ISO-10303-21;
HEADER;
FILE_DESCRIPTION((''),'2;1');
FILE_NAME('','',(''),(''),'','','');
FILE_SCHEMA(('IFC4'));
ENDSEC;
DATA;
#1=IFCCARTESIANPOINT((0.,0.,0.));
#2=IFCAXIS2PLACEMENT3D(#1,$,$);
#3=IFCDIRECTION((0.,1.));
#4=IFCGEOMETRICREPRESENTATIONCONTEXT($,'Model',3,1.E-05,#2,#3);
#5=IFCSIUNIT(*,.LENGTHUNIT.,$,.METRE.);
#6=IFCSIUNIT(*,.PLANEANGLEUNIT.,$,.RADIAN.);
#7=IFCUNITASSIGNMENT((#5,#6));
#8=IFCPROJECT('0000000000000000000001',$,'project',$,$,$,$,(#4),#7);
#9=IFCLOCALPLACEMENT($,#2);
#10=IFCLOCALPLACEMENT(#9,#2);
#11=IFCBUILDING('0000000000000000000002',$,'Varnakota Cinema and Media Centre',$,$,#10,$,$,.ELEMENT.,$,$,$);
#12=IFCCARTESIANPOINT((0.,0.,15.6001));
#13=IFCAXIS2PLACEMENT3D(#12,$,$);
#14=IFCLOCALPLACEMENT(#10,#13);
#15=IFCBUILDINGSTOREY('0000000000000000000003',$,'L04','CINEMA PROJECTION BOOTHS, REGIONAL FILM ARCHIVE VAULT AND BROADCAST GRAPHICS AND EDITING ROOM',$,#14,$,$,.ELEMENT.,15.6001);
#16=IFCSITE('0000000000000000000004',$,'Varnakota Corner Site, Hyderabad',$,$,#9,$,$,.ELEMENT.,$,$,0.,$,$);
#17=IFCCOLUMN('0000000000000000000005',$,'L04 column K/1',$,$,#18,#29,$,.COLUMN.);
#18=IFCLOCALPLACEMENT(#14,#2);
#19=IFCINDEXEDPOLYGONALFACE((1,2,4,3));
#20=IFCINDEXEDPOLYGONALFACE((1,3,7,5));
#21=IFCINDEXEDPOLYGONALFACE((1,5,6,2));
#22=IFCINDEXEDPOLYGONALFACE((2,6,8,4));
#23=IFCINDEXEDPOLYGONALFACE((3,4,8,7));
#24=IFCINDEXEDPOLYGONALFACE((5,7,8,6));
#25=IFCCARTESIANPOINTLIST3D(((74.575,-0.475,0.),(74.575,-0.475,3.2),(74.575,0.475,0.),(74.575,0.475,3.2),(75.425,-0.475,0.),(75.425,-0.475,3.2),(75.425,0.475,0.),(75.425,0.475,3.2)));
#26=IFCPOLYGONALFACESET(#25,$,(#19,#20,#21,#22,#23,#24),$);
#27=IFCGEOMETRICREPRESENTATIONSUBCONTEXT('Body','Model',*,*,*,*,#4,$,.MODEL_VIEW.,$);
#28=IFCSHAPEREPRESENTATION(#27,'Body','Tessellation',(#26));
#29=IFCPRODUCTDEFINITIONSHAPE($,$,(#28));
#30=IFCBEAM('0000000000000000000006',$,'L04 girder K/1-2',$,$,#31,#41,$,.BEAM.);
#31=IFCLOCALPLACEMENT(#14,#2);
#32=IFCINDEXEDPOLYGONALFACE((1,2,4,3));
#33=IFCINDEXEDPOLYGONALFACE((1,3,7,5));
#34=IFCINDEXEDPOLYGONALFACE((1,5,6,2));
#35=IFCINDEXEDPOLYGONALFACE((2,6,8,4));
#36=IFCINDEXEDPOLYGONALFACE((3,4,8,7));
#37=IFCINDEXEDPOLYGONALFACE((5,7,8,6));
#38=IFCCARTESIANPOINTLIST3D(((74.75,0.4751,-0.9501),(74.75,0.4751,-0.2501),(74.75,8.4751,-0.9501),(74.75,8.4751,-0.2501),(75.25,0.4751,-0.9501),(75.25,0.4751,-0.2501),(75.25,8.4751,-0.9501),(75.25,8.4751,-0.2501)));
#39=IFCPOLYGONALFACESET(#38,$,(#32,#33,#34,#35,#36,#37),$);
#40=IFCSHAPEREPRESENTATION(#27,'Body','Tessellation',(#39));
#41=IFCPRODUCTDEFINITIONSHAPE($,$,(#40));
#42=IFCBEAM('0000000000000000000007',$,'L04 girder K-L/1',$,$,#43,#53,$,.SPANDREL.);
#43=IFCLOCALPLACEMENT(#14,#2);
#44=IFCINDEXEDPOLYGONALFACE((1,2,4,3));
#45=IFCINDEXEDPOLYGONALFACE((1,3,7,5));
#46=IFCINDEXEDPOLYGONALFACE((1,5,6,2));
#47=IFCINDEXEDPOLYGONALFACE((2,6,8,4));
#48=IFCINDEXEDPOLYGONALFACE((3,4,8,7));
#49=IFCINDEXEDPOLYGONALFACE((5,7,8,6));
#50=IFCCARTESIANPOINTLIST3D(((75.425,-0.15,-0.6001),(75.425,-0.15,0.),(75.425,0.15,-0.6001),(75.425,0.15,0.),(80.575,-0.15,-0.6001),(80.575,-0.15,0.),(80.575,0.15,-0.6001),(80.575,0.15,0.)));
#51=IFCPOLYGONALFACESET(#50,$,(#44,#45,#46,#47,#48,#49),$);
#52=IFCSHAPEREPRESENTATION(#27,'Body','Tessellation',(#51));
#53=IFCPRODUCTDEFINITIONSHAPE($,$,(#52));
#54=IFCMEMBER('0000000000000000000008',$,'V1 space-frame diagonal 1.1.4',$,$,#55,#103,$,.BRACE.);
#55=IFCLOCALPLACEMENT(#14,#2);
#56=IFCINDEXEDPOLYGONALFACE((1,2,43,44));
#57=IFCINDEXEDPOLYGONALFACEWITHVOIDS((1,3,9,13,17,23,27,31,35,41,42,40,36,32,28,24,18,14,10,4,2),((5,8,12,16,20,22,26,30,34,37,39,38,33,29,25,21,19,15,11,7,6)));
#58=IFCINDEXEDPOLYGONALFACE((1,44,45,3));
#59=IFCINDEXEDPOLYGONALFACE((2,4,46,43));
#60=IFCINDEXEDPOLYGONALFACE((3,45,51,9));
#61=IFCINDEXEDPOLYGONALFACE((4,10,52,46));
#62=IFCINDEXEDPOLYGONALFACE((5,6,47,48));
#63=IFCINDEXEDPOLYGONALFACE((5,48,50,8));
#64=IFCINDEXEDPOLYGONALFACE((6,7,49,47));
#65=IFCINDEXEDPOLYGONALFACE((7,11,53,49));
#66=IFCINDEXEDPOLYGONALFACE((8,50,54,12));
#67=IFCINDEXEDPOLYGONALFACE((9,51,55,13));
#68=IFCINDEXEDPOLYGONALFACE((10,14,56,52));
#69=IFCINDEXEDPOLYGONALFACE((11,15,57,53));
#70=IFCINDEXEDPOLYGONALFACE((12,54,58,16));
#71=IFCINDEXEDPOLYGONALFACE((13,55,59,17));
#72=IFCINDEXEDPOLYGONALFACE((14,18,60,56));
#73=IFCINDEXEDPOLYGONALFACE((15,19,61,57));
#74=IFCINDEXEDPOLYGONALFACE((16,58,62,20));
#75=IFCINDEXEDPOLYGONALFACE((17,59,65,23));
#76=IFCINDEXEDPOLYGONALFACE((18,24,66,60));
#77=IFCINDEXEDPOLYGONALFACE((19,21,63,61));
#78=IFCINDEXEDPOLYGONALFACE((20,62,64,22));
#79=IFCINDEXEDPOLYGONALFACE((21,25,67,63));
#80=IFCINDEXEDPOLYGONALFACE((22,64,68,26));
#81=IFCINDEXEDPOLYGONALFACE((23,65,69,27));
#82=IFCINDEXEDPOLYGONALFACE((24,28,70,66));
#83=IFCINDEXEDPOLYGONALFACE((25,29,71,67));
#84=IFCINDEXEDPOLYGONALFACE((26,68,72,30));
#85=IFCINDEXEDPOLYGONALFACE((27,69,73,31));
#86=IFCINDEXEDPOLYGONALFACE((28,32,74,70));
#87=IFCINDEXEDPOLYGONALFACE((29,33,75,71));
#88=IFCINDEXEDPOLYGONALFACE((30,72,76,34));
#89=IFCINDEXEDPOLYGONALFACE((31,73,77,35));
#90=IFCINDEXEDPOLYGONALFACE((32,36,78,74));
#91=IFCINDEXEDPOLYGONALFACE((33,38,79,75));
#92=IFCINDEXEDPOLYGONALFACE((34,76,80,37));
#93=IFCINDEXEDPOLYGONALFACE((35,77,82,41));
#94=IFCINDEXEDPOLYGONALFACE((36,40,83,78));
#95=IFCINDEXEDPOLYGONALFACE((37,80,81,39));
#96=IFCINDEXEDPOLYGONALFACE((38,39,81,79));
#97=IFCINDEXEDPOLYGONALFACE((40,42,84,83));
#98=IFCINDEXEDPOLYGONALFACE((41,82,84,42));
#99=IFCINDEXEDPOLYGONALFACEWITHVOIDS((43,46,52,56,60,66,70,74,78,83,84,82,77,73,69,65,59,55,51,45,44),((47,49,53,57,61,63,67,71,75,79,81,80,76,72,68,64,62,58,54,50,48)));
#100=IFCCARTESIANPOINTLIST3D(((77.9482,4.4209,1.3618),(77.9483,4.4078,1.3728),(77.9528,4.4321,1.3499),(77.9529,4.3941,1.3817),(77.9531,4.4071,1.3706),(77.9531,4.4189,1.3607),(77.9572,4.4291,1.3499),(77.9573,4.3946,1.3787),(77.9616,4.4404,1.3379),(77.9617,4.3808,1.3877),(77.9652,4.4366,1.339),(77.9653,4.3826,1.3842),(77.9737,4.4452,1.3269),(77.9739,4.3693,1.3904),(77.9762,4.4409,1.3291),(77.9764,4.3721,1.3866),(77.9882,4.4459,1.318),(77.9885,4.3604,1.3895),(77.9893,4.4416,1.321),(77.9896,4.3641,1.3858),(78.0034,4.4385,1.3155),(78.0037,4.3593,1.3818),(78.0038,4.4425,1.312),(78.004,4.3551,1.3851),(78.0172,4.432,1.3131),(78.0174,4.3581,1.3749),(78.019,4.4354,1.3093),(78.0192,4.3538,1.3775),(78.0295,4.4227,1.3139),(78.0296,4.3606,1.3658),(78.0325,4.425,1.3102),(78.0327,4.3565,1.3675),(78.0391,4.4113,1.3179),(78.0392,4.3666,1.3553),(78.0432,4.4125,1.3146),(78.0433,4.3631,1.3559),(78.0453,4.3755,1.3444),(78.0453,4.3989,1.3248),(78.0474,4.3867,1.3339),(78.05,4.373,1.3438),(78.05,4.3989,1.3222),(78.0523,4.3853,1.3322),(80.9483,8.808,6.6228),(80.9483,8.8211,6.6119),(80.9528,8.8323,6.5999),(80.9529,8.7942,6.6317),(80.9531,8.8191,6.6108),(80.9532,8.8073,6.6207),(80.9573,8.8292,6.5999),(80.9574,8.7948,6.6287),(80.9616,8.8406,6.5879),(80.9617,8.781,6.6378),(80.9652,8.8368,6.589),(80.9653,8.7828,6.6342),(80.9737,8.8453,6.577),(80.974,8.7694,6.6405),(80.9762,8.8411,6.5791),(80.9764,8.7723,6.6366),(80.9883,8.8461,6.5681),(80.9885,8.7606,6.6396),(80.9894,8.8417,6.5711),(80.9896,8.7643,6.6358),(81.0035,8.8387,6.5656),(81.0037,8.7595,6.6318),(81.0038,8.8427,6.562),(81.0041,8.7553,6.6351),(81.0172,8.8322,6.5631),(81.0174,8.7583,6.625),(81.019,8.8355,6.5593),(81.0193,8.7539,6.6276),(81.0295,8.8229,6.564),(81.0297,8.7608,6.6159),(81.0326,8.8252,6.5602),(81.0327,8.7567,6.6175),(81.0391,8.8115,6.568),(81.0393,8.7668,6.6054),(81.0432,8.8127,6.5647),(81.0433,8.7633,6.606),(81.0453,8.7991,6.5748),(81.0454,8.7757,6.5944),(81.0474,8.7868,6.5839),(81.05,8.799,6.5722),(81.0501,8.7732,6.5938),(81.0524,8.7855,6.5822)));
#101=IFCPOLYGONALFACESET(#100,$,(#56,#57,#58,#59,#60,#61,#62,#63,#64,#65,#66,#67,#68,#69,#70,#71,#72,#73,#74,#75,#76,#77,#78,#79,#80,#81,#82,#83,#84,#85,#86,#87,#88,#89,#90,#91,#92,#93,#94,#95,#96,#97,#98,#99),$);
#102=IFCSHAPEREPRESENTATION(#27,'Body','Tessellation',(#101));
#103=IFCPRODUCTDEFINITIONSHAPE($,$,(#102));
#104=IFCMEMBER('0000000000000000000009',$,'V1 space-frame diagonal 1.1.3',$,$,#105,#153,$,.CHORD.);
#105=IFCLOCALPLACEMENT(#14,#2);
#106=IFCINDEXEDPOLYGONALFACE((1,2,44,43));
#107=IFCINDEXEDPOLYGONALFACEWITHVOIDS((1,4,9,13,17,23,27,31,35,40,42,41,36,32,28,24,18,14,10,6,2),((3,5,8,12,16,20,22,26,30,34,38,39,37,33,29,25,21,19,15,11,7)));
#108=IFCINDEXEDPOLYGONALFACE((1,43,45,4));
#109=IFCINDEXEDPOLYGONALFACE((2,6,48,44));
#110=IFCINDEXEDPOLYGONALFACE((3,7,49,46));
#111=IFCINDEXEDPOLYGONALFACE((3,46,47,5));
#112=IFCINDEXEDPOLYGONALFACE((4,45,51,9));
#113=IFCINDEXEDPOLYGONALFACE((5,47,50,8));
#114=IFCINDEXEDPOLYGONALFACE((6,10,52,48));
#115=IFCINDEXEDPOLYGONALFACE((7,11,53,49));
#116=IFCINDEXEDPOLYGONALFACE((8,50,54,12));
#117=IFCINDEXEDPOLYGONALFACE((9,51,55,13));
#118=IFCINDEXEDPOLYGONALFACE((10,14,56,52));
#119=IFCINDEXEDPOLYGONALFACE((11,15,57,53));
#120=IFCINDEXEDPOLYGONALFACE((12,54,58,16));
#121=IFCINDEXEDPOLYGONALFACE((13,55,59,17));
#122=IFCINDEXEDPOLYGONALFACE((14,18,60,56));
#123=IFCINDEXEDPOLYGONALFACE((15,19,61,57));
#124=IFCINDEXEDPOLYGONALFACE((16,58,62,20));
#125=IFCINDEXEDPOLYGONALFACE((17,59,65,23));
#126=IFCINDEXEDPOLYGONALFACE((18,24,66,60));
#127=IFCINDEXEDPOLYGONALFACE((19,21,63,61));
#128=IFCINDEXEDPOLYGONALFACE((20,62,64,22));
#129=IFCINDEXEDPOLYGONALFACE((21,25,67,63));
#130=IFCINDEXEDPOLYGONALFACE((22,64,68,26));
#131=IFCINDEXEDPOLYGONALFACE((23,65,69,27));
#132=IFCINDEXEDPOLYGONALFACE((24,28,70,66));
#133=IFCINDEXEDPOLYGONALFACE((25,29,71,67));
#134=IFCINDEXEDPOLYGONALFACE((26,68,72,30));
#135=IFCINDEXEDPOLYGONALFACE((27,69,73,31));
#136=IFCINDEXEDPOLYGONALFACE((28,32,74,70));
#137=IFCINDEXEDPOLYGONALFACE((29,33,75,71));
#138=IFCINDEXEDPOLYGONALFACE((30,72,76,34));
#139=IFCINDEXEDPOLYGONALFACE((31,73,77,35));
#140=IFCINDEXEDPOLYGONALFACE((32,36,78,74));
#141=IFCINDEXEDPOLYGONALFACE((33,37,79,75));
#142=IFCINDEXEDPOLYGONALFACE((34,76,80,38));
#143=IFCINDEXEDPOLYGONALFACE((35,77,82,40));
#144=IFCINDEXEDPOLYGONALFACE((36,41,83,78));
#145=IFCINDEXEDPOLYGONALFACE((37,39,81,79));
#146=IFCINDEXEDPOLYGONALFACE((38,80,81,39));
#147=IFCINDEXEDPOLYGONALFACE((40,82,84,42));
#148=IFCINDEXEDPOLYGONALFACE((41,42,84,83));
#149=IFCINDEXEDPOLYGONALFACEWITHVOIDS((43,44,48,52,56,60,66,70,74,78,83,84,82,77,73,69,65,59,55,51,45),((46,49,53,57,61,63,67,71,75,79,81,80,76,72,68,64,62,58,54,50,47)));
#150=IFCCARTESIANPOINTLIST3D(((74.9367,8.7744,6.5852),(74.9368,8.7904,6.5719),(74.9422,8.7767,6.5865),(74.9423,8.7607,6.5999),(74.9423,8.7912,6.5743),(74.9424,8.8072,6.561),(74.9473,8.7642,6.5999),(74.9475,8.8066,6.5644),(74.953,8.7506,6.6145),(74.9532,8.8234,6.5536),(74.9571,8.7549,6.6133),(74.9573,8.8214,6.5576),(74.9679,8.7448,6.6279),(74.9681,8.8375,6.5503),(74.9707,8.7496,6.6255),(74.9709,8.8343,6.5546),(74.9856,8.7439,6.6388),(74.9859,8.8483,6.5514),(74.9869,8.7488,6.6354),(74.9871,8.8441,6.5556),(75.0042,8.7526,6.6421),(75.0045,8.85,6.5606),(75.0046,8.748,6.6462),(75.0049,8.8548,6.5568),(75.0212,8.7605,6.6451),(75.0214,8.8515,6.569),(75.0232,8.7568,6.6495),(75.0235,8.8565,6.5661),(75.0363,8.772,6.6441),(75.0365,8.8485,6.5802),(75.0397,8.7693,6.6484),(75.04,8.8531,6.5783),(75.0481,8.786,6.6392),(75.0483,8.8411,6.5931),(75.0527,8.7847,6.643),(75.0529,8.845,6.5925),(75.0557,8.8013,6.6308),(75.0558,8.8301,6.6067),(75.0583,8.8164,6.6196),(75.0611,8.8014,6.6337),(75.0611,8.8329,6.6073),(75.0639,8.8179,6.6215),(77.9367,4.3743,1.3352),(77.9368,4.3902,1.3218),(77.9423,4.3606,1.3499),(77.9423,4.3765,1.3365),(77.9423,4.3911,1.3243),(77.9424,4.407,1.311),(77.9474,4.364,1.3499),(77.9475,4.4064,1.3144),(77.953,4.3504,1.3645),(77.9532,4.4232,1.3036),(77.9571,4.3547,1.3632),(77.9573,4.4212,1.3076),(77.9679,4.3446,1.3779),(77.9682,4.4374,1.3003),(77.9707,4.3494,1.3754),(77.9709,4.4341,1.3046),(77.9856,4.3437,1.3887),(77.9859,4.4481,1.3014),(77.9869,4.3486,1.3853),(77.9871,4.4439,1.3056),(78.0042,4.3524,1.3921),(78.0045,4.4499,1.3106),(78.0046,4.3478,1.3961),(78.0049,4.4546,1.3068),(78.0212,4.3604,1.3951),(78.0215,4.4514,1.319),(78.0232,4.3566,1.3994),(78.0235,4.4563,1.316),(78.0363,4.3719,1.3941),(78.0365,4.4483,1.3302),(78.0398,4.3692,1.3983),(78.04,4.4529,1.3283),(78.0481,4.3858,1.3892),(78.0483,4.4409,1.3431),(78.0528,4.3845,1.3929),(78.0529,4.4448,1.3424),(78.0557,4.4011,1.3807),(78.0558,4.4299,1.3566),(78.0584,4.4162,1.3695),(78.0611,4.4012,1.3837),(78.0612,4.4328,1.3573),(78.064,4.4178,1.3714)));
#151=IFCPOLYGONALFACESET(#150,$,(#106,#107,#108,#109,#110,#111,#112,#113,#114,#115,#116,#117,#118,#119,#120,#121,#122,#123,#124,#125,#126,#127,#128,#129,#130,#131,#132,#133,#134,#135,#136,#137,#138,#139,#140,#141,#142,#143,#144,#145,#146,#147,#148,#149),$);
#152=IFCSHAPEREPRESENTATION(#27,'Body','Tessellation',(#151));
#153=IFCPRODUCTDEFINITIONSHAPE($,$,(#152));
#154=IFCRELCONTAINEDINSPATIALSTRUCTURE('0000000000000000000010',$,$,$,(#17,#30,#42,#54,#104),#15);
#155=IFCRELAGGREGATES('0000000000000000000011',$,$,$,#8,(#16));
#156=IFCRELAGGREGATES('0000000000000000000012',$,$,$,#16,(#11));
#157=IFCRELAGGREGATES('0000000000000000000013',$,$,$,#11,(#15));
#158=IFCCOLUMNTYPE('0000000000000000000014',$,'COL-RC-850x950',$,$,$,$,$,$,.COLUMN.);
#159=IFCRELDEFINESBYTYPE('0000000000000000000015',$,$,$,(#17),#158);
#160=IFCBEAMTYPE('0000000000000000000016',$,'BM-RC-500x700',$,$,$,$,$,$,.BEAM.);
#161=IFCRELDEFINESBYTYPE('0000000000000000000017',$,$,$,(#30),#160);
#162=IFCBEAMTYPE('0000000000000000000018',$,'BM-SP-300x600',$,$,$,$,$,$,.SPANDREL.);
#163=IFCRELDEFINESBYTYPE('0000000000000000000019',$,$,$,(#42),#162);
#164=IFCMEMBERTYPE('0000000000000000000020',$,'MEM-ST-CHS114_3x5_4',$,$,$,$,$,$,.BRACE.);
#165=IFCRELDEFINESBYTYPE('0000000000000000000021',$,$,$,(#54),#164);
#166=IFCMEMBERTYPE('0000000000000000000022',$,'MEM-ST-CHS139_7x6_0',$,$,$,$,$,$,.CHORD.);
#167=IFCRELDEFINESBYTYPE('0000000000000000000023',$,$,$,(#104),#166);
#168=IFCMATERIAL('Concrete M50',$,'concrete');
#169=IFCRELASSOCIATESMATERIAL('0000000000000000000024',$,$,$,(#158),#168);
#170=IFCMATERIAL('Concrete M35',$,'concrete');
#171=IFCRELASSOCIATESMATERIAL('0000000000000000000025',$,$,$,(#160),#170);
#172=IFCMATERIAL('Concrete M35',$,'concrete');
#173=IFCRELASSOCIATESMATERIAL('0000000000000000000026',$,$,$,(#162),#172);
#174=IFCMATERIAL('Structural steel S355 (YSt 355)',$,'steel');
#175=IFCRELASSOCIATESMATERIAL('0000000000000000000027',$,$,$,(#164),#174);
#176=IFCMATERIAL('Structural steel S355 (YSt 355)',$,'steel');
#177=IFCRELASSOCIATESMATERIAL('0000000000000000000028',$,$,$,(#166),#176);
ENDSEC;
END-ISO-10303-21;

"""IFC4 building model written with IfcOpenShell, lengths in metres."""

from ifc_helpers import new_model, si_unit, direction, frame, origin, origin_2d, place, context, subcontext, project, spatial, rectangle, hollow_circle, extrude, material, material_profile, profile_set, type_object, element, save


model = new_model("IFC4")

# Units and contexts
model_context = context("Model", 3, precision=1e-05, world=origin(), true_north=direction((0.0, 1.0)))
body_context = subcontext(model_context, "Body", "Model", "MODEL_VIEW")
ifc_project = project(units=[si_unit("LENGTHUNIT", "METRE"), si_unit("PLANEANGLEUNIT", "RADIAN")], contexts=[model_context])

# Site, building, storey
site_placement = place(None, origin())
site = spatial("IfcSite", under=ifc_project, at=site_placement, Name="Varnakota Corner Site, Hyderabad", CompositionType="ELEMENT", RefElevation=0.0)
building_placement = place(site_placement, origin())
building = spatial("IfcBuilding", under=site, at=building_placement, Name="Varnakota Cinema and Media Centre", CompositionType="ELEMENT")
storey_placement = place(building_placement, frame((0.0, 0.0, 15.6001)))
storey = spatial("IfcBuildingStorey", under=building, at=storey_placement, Name="L04", Description="CINEMA PROJECTION BOOTHS, REGIONAL FILM ARCHIVE VAULT AND BROADCAST GRAPHICS AND EDITING ROOM", CompositionType="ELEMENT", Elevation=15.6001)

# Column
ifc_material_1 = material(Name="Concrete M50", Category="concrete")
ifc_material_profile_1 = material_profile(ifc_material_1, rectangle(XDim=0.8501, YDim=0.95, at=origin_2d()), Name="RC 850x950")
ifc_profile_set_1 = profile_set([ifc_material_profile_1], Name="Concrete M50")
column_type = type_object("IfcColumnType", Name="COL-RC-850x950", PredefinedType="COLUMN", material=ifc_profile_set_1)
column_placement = place(storey_placement, frame((75.0, 0.0, 0.0), z_axis=(0.0, 0.0, 1.0), x_axis=(1.0, 0.0, 0.0)))
element("IfcColumn", 1, at=column_placement, inside=storey, type_object=column_type, Name="L04 column K/1", PredefinedType="COLUMN", context=body_context, shape_type="SweptSolid", body=[
    extrude(rectangle(XDim=0.8501, YDim=0.95, at=origin_2d()), origin(), (0.0, 0.0, 1.0), 3.2),
])

# Beams
ifc_material_2 = material(Name="Concrete M35", Category="concrete")
ifc_material_profile_2 = material_profile(ifc_material_2, rectangle(XDim=0.5, YDim=0.7, at=origin_2d()), Name="RCB 500x700")
ifc_profile_set_2 = profile_set([ifc_material_profile_2], Name="Concrete M35")
beam_type_1 = type_object("IfcBeamType", Name="BM-RC-500x700", PredefinedType="BEAM", material=ifc_profile_set_2)
beam_1_placement = place(storey_placement, frame((75.0, 0.4751, -0.6001), z_axis=(0.0, 1.0, 0.0), x_axis=(-1.0, 0.0, 0.0)))
element("IfcBeam", 2, at=beam_1_placement, inside=storey, type_object=beam_type_1, Name="L04 girder K/1-2", PredefinedType="BEAM", context=body_context, shape_type="SweptSolid", body=[
    extrude(rectangle(XDim=0.5, YDim=0.7, at=origin_2d()), origin(), (0.0, 0.0, 1.0), 8.0),
])
ifc_material_3 = material(Name="Concrete M35", Category="concrete")
ifc_material_profile_3 = material_profile(ifc_material_3, rectangle(XDim=0.3, YDim=0.6001, at=origin_2d()), Name="RCB 300x600")
ifc_profile_set_3 = profile_set([ifc_material_profile_3], Name="Concrete M35")
beam_type_2 = type_object("IfcBeamType", Name="BM-SP-300x600", PredefinedType="SPANDREL", material=ifc_profile_set_3)
beam_2_placement = place(storey_placement, frame((75.425, 0.0, -0.3), z_axis=(1.0, 0.0, 0.0), x_axis=(0.0, 1.0, 0.0)))
element("IfcBeam", 3, at=beam_2_placement, inside=storey, type_object=beam_type_2, Name="L04 girder K-L/1", PredefinedType="SPANDREL", context=body_context, shape_type="SweptSolid", body=[
    extrude(rectangle(XDim=0.3, YDim=0.6001, at=origin_2d()), origin(), (0.0, 0.0, 1.0), 5.1499),
])

# Members
ifc_material_4 = material(Name="Structural steel S355 (YSt 355)", Category="steel")
ifc_material_profile_4 = material_profile(ifc_material_4, hollow_circle(Radius=0.0571, WallThickness=0.0054, at=origin_2d()), Name="CHS 114.3x5.4")
ifc_profile_set_4 = profile_set([ifc_material_profile_4], Name="Structural steel S355 (YSt 355)")
member_type_1 = type_object("IfcMemberType", Name="MEM-ST-CHS114_3x5_4", PredefinedType="BRACE", material=ifc_profile_set_4)
member_1_placement = place(storey_placement, frame((78.0, 4.3999, 1.3499), z_axis=(0.401165, 0.588395, 0.702039), x_axis=(-0.826236, 0.563324, 0.0)))
element("IfcMember", 4, at=member_1_placement, inside=storey, type_object=member_type_1, Name="V1 space-frame diagonal 1.1.4", PredefinedType="BRACE", context=body_context, shape_type="SweptSolid", body=[
    extrude(hollow_circle(Radius=0.0571, WallThickness=0.0054, at=origin_2d()), origin(), (0.0, 0.0, 1.0), 7.4783),
])
ifc_material_5 = material(Name="Structural steel S355 (YSt 355)", Category="steel")
ifc_material_profile_5 = material_profile(ifc_material_5, hollow_circle(Radius=0.0698, WallThickness=0.0061, at=origin_2d()), Name="CHS 139.7x6.0")
ifc_profile_set_5 = profile_set([ifc_material_profile_5], Name="Structural steel S355 (YSt 355)")
member_type_2 = type_object("IfcMemberType", Name="MEM-ST-CHS139_7x6_0", PredefinedType="CHORD", material=ifc_profile_set_5)
member_2_placement = place(storey_placement, frame((78.0, 4.3999, 1.3499), z_axis=(-0.401165, 0.588395, 0.702039), x_axis=(-0.826236, -0.563324, 0.0)))
element("IfcMember", 5, at=member_2_placement, inside=storey, type_object=member_type_2, Name="V1 space-frame diagonal 1.1.3", PredefinedType="CHORD", context=body_context, shape_type="SweptSolid", body=[
    extrude(hollow_circle(Radius=0.0698, WallThickness=0.0061, at=origin_2d()), origin(), (0.0, 0.0, 1.0), 7.4783),
])

save(model, "model.ifc")
